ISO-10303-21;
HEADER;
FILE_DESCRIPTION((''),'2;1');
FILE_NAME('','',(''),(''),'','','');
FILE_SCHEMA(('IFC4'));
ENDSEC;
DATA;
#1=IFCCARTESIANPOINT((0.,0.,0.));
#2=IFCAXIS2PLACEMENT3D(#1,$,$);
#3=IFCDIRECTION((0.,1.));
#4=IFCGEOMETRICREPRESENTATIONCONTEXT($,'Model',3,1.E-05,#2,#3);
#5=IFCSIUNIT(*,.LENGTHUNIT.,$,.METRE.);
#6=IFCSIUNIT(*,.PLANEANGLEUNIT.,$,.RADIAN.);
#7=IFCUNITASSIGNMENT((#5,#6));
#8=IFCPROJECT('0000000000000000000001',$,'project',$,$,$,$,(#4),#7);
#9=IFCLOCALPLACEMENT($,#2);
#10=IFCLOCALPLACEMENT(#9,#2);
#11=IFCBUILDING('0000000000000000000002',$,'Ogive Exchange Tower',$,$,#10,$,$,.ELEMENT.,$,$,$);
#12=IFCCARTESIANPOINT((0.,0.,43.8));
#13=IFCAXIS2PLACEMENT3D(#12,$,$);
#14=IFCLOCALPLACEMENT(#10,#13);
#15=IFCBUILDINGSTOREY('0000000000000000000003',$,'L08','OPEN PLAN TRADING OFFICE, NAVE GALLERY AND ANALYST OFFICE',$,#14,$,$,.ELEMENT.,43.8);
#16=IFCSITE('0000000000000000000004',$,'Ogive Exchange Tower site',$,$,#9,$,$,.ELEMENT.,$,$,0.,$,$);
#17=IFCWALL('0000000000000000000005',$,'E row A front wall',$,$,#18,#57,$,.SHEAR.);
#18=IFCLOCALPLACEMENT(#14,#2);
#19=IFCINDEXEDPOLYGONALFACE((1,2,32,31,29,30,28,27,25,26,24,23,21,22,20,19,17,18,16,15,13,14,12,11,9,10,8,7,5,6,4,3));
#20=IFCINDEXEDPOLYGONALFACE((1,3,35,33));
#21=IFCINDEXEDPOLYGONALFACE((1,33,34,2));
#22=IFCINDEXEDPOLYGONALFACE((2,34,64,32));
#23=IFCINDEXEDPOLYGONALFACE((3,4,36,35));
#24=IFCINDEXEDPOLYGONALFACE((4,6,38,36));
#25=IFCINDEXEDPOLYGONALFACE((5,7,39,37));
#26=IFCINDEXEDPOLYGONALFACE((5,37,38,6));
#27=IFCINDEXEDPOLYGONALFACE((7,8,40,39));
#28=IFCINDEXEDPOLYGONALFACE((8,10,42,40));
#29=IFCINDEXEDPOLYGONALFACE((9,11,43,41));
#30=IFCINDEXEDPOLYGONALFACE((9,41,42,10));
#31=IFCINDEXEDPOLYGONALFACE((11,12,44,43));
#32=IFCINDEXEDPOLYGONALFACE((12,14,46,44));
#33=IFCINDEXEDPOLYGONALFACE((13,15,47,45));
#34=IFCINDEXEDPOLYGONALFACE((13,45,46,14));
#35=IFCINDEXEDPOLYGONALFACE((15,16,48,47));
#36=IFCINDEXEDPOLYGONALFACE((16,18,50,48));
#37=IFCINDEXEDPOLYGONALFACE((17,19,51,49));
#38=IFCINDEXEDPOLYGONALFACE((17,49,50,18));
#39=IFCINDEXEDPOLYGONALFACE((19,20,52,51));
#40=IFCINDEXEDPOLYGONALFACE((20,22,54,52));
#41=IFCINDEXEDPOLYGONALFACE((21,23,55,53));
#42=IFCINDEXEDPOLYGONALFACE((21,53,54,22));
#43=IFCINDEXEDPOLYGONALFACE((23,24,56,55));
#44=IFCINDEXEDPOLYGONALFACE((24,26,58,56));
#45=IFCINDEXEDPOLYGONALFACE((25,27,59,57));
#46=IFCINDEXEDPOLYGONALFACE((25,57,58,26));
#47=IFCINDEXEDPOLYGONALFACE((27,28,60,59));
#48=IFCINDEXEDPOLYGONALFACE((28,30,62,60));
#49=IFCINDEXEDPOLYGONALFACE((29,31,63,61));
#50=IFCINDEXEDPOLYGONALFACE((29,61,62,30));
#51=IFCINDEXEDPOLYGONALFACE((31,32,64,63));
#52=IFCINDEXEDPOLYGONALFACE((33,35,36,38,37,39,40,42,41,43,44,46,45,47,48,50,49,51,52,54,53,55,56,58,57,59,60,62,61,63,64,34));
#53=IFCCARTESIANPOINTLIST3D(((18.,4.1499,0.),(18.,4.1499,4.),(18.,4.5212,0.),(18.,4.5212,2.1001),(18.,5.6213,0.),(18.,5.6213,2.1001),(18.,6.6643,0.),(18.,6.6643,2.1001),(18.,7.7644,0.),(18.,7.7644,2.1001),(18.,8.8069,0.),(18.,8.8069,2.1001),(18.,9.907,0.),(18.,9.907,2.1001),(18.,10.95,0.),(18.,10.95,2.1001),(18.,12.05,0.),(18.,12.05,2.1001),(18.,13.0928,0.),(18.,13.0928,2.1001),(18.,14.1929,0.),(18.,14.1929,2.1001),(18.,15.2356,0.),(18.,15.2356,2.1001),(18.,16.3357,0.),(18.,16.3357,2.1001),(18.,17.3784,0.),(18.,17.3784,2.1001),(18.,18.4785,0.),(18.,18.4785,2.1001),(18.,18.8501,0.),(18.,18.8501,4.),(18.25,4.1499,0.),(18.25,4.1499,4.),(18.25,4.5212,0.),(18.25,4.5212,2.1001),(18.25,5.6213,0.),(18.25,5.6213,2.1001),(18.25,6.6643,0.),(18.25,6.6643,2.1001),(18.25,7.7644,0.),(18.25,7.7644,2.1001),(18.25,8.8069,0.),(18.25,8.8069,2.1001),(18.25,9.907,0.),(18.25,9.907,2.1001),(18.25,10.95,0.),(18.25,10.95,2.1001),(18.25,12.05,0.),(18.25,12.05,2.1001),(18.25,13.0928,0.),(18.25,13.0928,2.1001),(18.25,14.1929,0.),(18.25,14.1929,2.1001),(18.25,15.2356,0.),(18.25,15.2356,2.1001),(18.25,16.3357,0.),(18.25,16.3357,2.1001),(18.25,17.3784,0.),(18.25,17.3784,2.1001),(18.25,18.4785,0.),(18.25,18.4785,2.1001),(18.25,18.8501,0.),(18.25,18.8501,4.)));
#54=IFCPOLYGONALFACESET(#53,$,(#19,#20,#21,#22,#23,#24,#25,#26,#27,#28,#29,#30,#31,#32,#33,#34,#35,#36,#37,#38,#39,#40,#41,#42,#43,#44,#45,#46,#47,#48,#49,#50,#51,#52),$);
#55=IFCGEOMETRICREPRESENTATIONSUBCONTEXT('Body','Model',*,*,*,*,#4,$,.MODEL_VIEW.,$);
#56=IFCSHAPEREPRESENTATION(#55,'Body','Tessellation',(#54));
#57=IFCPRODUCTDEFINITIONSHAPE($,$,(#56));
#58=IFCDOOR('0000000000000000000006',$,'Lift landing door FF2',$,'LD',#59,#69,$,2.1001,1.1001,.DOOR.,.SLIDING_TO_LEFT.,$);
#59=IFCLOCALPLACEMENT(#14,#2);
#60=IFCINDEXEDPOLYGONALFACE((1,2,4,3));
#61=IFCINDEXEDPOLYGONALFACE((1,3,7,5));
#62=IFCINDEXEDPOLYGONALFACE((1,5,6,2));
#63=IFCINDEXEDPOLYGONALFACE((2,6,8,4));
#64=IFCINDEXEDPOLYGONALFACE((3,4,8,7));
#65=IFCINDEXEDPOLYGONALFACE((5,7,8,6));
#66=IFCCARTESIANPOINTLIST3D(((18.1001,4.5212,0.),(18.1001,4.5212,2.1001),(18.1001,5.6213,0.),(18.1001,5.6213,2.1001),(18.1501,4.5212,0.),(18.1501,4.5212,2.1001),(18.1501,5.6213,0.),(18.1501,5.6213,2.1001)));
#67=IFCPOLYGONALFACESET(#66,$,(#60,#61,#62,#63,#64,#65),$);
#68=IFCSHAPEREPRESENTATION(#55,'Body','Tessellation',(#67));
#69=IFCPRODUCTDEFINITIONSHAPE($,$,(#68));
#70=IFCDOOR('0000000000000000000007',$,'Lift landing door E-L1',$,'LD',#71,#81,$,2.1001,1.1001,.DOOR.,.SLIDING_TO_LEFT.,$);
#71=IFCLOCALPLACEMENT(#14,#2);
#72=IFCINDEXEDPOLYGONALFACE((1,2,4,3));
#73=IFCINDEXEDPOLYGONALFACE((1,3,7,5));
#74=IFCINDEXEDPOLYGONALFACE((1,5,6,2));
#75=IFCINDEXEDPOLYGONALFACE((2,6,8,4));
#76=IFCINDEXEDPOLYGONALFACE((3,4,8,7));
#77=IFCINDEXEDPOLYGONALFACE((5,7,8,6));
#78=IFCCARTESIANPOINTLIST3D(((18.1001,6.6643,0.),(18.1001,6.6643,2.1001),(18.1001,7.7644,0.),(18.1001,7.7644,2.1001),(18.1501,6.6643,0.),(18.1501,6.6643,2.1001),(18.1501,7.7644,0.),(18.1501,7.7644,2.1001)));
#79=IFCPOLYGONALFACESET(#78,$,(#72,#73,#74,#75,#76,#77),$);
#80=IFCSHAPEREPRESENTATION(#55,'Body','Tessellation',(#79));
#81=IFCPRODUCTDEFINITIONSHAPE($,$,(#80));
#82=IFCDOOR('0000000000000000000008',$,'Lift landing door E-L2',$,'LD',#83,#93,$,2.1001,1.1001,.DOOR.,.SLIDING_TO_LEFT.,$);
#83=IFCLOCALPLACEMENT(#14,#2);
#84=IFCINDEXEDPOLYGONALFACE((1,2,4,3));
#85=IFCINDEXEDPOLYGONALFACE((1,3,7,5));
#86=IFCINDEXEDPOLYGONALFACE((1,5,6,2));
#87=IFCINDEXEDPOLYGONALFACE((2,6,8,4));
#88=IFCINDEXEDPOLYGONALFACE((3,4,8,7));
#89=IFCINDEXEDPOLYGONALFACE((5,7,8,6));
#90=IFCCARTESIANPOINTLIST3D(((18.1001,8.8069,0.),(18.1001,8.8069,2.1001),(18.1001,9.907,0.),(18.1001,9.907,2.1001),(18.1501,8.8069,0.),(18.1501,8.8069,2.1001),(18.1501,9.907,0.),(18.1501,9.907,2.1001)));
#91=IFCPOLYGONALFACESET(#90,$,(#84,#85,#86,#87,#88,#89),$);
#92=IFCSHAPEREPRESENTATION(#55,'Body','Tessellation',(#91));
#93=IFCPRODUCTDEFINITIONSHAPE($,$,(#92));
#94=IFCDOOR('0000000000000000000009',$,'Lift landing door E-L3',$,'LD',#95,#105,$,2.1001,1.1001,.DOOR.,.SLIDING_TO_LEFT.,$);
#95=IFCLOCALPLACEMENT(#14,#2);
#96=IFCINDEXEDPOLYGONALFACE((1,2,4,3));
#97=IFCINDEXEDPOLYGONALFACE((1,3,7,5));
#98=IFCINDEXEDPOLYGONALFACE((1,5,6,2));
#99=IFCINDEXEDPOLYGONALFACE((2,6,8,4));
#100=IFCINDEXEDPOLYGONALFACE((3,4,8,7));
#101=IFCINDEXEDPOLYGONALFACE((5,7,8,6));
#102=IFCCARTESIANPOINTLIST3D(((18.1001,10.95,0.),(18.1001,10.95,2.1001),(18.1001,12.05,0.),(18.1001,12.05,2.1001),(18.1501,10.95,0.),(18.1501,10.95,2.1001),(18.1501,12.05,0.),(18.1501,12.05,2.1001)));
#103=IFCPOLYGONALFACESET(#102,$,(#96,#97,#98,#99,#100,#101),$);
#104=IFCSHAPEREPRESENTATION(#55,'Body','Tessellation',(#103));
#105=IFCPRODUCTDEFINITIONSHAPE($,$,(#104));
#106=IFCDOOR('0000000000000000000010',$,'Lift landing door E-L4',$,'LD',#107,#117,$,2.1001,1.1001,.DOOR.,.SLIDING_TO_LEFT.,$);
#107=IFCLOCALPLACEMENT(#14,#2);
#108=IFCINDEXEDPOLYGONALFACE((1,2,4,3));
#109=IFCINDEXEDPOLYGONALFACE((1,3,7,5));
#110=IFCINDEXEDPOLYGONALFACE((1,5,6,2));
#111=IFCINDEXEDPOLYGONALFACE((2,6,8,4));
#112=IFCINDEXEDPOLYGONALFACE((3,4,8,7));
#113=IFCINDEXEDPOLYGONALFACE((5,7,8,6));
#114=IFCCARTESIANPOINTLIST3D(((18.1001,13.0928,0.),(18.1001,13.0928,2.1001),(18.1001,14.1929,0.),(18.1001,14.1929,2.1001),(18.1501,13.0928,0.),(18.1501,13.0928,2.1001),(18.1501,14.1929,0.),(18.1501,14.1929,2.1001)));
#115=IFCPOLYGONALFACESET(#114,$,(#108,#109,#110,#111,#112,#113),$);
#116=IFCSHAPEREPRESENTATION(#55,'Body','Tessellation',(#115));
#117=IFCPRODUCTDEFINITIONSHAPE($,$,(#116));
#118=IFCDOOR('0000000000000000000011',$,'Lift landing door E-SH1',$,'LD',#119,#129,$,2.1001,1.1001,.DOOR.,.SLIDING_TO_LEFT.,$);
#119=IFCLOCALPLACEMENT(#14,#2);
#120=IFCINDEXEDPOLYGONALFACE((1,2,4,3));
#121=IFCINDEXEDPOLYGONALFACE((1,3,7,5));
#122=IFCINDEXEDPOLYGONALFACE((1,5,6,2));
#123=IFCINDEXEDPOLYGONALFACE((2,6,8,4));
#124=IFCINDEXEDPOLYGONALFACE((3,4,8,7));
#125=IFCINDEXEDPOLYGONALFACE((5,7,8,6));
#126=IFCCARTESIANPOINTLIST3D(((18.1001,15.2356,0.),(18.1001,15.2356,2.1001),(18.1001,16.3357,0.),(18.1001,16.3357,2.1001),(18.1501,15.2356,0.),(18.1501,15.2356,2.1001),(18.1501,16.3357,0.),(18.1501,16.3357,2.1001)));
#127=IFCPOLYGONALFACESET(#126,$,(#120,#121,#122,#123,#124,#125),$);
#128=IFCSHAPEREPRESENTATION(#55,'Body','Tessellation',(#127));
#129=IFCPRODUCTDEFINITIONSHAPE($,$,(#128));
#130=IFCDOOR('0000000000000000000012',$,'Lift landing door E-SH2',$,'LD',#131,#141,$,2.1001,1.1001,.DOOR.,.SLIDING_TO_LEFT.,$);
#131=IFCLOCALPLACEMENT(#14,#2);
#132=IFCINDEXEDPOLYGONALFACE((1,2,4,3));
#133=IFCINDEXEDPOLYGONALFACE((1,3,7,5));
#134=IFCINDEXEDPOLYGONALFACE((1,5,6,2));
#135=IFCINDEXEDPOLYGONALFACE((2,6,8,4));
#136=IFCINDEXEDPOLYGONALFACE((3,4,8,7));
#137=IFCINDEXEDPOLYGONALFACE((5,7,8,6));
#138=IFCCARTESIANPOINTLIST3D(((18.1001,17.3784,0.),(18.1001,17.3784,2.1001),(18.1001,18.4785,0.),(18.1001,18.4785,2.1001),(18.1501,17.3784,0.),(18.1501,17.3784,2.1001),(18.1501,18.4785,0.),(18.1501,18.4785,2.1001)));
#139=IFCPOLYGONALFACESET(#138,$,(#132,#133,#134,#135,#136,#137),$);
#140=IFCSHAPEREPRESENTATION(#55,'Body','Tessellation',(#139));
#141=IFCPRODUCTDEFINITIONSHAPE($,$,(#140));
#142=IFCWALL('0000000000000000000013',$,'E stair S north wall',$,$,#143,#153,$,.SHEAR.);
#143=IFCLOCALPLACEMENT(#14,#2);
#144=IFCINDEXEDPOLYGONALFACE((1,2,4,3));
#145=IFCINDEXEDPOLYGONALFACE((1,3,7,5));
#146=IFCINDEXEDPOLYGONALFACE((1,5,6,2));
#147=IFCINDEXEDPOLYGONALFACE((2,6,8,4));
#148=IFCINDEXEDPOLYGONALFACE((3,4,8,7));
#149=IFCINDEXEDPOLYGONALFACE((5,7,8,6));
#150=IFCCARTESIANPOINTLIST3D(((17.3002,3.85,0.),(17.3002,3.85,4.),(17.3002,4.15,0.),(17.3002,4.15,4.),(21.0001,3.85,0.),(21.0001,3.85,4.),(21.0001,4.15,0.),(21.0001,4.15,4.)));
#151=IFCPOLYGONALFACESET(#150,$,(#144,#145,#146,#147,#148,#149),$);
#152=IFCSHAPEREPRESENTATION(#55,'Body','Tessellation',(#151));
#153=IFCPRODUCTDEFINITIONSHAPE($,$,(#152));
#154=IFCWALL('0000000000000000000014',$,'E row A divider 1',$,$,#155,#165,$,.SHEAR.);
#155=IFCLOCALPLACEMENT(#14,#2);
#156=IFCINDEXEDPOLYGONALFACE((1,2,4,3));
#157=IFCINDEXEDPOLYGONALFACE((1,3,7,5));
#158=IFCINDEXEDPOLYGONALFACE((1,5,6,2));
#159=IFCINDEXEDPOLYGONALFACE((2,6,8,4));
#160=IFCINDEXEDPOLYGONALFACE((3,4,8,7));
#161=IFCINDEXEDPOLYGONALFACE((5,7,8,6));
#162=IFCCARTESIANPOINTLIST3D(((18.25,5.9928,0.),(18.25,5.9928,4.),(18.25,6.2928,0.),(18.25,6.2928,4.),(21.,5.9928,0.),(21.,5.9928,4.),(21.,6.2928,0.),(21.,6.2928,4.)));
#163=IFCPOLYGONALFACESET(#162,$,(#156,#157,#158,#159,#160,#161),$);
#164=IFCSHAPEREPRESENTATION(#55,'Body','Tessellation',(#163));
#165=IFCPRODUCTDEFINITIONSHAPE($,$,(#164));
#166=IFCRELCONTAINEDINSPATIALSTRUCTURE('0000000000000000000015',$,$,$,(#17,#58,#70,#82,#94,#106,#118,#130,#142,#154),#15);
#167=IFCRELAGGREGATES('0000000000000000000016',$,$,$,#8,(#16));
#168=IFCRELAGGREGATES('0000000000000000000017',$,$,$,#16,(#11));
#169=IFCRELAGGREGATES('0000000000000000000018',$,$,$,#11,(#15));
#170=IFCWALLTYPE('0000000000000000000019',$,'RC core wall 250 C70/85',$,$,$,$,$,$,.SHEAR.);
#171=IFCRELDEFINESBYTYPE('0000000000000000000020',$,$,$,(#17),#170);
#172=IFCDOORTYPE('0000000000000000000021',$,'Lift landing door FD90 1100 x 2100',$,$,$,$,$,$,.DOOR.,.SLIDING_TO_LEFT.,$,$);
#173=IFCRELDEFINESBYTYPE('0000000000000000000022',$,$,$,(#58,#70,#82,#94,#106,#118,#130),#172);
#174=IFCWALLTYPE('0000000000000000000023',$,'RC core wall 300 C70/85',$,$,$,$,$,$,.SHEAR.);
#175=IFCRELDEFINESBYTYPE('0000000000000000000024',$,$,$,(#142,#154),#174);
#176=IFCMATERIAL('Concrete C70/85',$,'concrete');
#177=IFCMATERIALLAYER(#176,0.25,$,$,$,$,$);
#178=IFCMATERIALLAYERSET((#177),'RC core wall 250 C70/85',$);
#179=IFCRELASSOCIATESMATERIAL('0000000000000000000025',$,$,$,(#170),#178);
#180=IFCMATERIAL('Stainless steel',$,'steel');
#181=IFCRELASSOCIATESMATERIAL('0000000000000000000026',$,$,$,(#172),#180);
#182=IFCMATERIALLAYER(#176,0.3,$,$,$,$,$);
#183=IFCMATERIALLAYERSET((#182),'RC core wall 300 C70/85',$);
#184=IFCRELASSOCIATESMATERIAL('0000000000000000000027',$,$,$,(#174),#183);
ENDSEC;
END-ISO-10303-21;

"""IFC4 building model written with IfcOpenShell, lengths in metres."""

from ifc_helpers import new_model, si_unit, direction, frame, frame_2d, origin, place, context, subcontext, project, spatial, rectangle, extrude, material, layer, layer_set, type_object, element, fill, save


model = new_model("IFC4")

# Units and contexts
model_context = context("Model", 3, precision=1e-05, world=origin(), true_north=direction((0.0, 1.0)))
body_context = subcontext(model_context, "Body", "Model", "MODEL_VIEW")
ifc_project = project(units=[si_unit("LENGTHUNIT", "METRE"), si_unit("PLANEANGLEUNIT", "RADIAN")], contexts=[model_context])

# Site, building, storey
site_placement = place(None, origin())
site = spatial("IfcSite", under=ifc_project, at=site_placement, Name="Ogive Exchange Tower site", CompositionType="ELEMENT", RefElevation=0.0)
building_placement = place(site_placement, origin())
building = spatial("IfcBuilding", under=site, at=building_placement, Name="Ogive Exchange Tower", CompositionType="ELEMENT")
storey_placement = place(building_placement, frame((0.0, 0.0, 43.8)))
storey = spatial("IfcBuildingStorey", under=building, at=storey_placement, Name="L08", Description="OPEN PLAN TRADING OFFICE, NAVE GALLERY AND ANALYST OFFICE", CompositionType="ELEMENT", Elevation=43.8)

# Shared definitions
ifc_material_1 = material(Name="Concrete C70/85", Category="concrete")

# Wall, openings, doors
ifc_layer_1 = layer(ifc_material_1, 0.25)
ifc_layer_set_1 = layer_set([ifc_layer_1], Name="RC core wall 250 C70/85")
wall_type_1 = type_object("IfcWallType", Name="RC core wall 250 C70/85", PredefinedType="SHEAR", material=ifc_layer_set_1)
wall_1_placement = place(storey_placement, frame((18.125, 4.1499, 0.0), z_axis=(0.0, 0.0, 1.0), x_axis=(0.0, 1.0, 0.0)))
wall_1 = element("IfcWall", 1, at=wall_1_placement, inside=storey, type_object=wall_type_1, Name="E row A front wall", PredefinedType="SHEAR", context=body_context, shape_type="SweptSolid", body=[
    extrude(rectangle(XDim=14.7002, YDim=0.25, at=frame_2d((7.3501, 0.0))), origin(), (0.0, 0.0, 1.0), 4.0),
])
opening_1_placement = place(wall_1_placement, frame((0.3713, 0.0, 0.0)))
opening_1 = element("IfcOpeningElement", 2, at=opening_1_placement, cuts=wall_1, PredefinedType="OPENING", context=body_context, shape_type="SweptSolid", body=[
    extrude(rectangle(XDim=1.1001, YDim=2.1001, at=frame_2d((0.55, 1.05))), frame((0.0, 0.135, 0.0), z_axis=(0.0, -1.0, 0.0), x_axis=(1.0, 0.0, 0.0)), (0.0, 0.0, 1.0), 0.27),
])
opening_2_placement = place(wall_1_placement, frame((2.5144, 0.0, 0.0)))
opening_2 = element("IfcOpeningElement", 3, at=opening_2_placement, cuts=wall_1, PredefinedType="OPENING", context=body_context, shape_type="SweptSolid", body=[
    extrude(rectangle(XDim=1.1001, YDim=2.1001, at=frame_2d((0.55, 1.05))), frame((0.0, 0.135, 0.0), z_axis=(0.0, -1.0, 0.0), x_axis=(1.0, 0.0, 0.0)), (0.0, 0.0, 1.0), 0.27),
])
opening_3_placement = place(wall_1_placement, frame((4.657, 0.0, 0.0)))
opening_3 = element("IfcOpeningElement", 4, at=opening_3_placement, cuts=wall_1, PredefinedType="OPENING", context=body_context, shape_type="SweptSolid", body=[
    extrude(rectangle(XDim=1.1001, YDim=2.1001, at=frame_2d((0.55, 1.05))), frame((0.0, 0.135, 0.0), z_axis=(0.0, -1.0, 0.0), x_axis=(1.0, 0.0, 0.0)), (0.0, 0.0, 1.0), 0.27),
])
opening_4_placement = place(wall_1_placement, frame((6.8, 0.0, 0.0)))
opening_4 = element("IfcOpeningElement", 5, at=opening_4_placement, cuts=wall_1, PredefinedType="OPENING", context=body_context, shape_type="SweptSolid", body=[
    extrude(rectangle(XDim=1.1001, YDim=2.1001, at=frame_2d((0.55, 1.05))), frame((0.0, 0.135, 0.0), z_axis=(0.0, -1.0, 0.0), x_axis=(1.0, 0.0, 0.0)), (0.0, 0.0, 1.0), 0.27),
])
opening_5_placement = place(wall_1_placement, frame((8.9429, 0.0, 0.0)))
opening_5 = element("IfcOpeningElement", 6, at=opening_5_placement, cuts=wall_1, PredefinedType="OPENING", context=body_context, shape_type="SweptSolid", body=[
    extrude(rectangle(XDim=1.1001, YDim=2.1001, at=frame_2d((0.55, 1.05))), frame((0.0, 0.135, 0.0), z_axis=(0.0, -1.0, 0.0), x_axis=(1.0, 0.0, 0.0)), (0.0, 0.0, 1.0), 0.27),
])
opening_6_placement = place(wall_1_placement, frame((11.0857, 0.0, 0.0)))
opening_6 = element("IfcOpeningElement", 7, at=opening_6_placement, cuts=wall_1, PredefinedType="OPENING", context=body_context, shape_type="SweptSolid", body=[
    extrude(rectangle(XDim=1.1001, YDim=2.1001, at=frame_2d((0.55, 1.05))), frame((0.0, 0.135, 0.0), z_axis=(0.0, -1.0, 0.0), x_axis=(1.0, 0.0, 0.0)), (0.0, 0.0, 1.0), 0.27),
])
opening_7_placement = place(wall_1_placement, frame((13.2285, 0.0, 0.0)))
opening_7 = element("IfcOpeningElement", 8, at=opening_7_placement, cuts=wall_1, PredefinedType="OPENING", context=body_context, shape_type="SweptSolid", body=[
    extrude(rectangle(XDim=1.1001, YDim=2.1001, at=frame_2d((0.55, 1.05))), frame((0.0, 0.135, 0.0), z_axis=(0.0, -1.0, 0.0), x_axis=(1.0, 0.0, 0.0)), (0.0, 0.0, 1.0), 0.27),
])
ifc_material_2 = material(Name="Stainless steel", Category="steel")
door_type_1 = type_object("IfcDoorType", Name="Lift landing door FD90 1100 x 2100", OperationType="SLIDING_TO_LEFT", PredefinedType="DOOR", material=ifc_material_2)
door_1_placement = place(opening_1_placement, origin())
door_1 = element("IfcDoor", 9, at=door_1_placement, inside=storey, type_object=door_type_1, Name="Lift landing door FF2", ObjectType="LD", OperationType="SLIDING_TO_LEFT", OverallHeight=2.1001, OverallWidth=1.1001, PredefinedType="DOOR", context=body_context, shape_type="SweptSolid", body=[
    extrude(rectangle(XDim=1.1001, YDim=2.1001, at=frame_2d((0.55, 1.05))), frame((0.0, 0.0249, 0.0), z_axis=(0.0, -1.0, 0.0), x_axis=(1.0, 0.0, 0.0)), (0.0, 0.0, 1.0), 0.05),
])
fill(opening_1, door_1)
door_2_placement = place(opening_2_placement, origin())
door_2 = element("IfcDoor", 10, at=door_2_placement, inside=storey, type_object=door_type_1, Name="Lift landing door E-L1", ObjectType="LD", OperationType="SLIDING_TO_LEFT", OverallHeight=2.1001, OverallWidth=1.1001, PredefinedType="DOOR", context=body_context, shape_type="SweptSolid", body=[
    extrude(rectangle(XDim=1.1001, YDim=2.1001, at=frame_2d((0.55, 1.05))), frame((0.0, 0.0249, 0.0), z_axis=(0.0, -1.0, 0.0), x_axis=(1.0, 0.0, 0.0)), (0.0, 0.0, 1.0), 0.05),
])
fill(opening_2, door_2)
door_3_placement = place(opening_3_placement, origin())
door_3 = element("IfcDoor", 11, at=door_3_placement, inside=storey, type_object=door_type_1, Name="Lift landing door E-L2", ObjectType="LD", OperationType="SLIDING_TO_LEFT", OverallHeight=2.1001, OverallWidth=1.1001, PredefinedType="DOOR", context=body_context, shape_type="SweptSolid", body=[
    extrude(rectangle(XDim=1.1001, YDim=2.1001, at=frame_2d((0.55, 1.05))), frame((0.0, 0.0249, 0.0), z_axis=(0.0, -1.0, 0.0), x_axis=(1.0, 0.0, 0.0)), (0.0, 0.0, 1.0), 0.05),
])
fill(opening_3, door_3)
door_4_placement = place(opening_4_placement, origin())
door_4 = element("IfcDoor", 12, at=door_4_placement, inside=storey, type_object=door_type_1, Name="Lift landing door E-L3", ObjectType="LD", OperationType="SLIDING_TO_LEFT", OverallHeight=2.1001, OverallWidth=1.1001, PredefinedType="DOOR", context=body_context, shape_type="SweptSolid", body=[
    extrude(rectangle(XDim=1.1001, YDim=2.1001, at=frame_2d((0.55, 1.05))), frame((0.0, 0.0249, 0.0), z_axis=(0.0, -1.0, 0.0), x_axis=(1.0, 0.0, 0.0)), (0.0, 0.0, 1.0), 0.05),
])
fill(opening_4, door_4)
door_5_placement = place(opening_5_placement, origin())
door_5 = element("IfcDoor", 13, at=door_5_placement, inside=storey, type_object=door_type_1, Name="Lift landing door E-L4", ObjectType="LD", OperationType="SLIDING_TO_LEFT", OverallHeight=2.1001, OverallWidth=1.1001, PredefinedType="DOOR", context=body_context, shape_type="SweptSolid", body=[
    extrude(rectangle(XDim=1.1001, YDim=2.1001, at=frame_2d((0.55, 1.05))), frame((0.0, 0.0249, 0.0), z_axis=(0.0, -1.0, 0.0), x_axis=(1.0, 0.0, 0.0)), (0.0, 0.0, 1.0), 0.05),
])
fill(opening_5, door_5)
door_6_placement = place(opening_6_placement, origin())
door_6 = element("IfcDoor", 14, at=door_6_placement, inside=storey, type_object=door_type_1, Name="Lift landing door E-SH1", ObjectType="LD", OperationType="SLIDING_TO_LEFT", OverallHeight=2.1001, OverallWidth=1.1001, PredefinedType="DOOR", context=body_context, shape_type="SweptSolid", body=[
    extrude(rectangle(XDim=1.1001, YDim=2.1001, at=frame_2d((0.55, 1.05))), frame((0.0, 0.0249, 0.0), z_axis=(0.0, -1.0, 0.0), x_axis=(1.0, 0.0, 0.0)), (0.0, 0.0, 1.0), 0.05),
])
fill(opening_6, door_6)
door_7_placement = place(opening_7_placement, origin())
door_7 = element("IfcDoor", 15, at=door_7_placement, inside=storey, type_object=door_type_1, Name="Lift landing door E-SH2", ObjectType="LD", OperationType="SLIDING_TO_LEFT", OverallHeight=2.1001, OverallWidth=1.1001, PredefinedType="DOOR", context=body_context, shape_type="SweptSolid", body=[
    extrude(rectangle(XDim=1.1001, YDim=2.1001, at=frame_2d((0.55, 1.05))), frame((0.0, 0.0249, 0.0), z_axis=(0.0, -1.0, 0.0), x_axis=(1.0, 0.0, 0.0)), (0.0, 0.0, 1.0), 0.05),
])
fill(opening_7, door_7)

# Walls
ifc_layer_2 = layer(ifc_material_1, 0.3)
ifc_layer_set_2 = layer_set([ifc_layer_2], Name="RC core wall 300 C70/85")
wall_type_2 = type_object("IfcWallType", Name="RC core wall 300 C70/85", PredefinedType="SHEAR", material=ifc_layer_set_2)
wall_2_placement = place(storey_placement, frame((17.3, 4.0, 0.0), z_axis=(0.0, 0.0, 1.0), x_axis=(1.0, 0.0, 0.0)))
element("IfcWall", 16, at=wall_2_placement, inside=storey, type_object=wall_type_2, Name="E stair S north wall", PredefinedType="SHEAR", context=body_context, shape_type="SweptSolid", body=[
    extrude(rectangle(XDim=3.7, YDim=0.3, at=frame_2d((1.8501, 0.0))), origin(), (0.0, 0.0, 1.0), 4.0),
])
for number, where, z_axis, x_axis, name in (
    (17, (18.25, 6.1428, 0.0), (0.0, 0.0, 1.0), (1.0, 0.0, 0.0), "E row A divider 1"),
):
    element("IfcWall", number, at=place(storey_placement, frame(where, z_axis=z_axis, x_axis=x_axis)), inside=storey, type_object=wall_type_2, Name=name, PredefinedType="SHEAR", context=body_context, shape_type="SweptSolid", body=[
        extrude(rectangle(XDim=2.75, YDim=0.3, at=frame_2d((1.375, 0.0))), origin(), (0.0, 0.0, 1.0), 4.0),
    ])

save(model, "model.ifc")
